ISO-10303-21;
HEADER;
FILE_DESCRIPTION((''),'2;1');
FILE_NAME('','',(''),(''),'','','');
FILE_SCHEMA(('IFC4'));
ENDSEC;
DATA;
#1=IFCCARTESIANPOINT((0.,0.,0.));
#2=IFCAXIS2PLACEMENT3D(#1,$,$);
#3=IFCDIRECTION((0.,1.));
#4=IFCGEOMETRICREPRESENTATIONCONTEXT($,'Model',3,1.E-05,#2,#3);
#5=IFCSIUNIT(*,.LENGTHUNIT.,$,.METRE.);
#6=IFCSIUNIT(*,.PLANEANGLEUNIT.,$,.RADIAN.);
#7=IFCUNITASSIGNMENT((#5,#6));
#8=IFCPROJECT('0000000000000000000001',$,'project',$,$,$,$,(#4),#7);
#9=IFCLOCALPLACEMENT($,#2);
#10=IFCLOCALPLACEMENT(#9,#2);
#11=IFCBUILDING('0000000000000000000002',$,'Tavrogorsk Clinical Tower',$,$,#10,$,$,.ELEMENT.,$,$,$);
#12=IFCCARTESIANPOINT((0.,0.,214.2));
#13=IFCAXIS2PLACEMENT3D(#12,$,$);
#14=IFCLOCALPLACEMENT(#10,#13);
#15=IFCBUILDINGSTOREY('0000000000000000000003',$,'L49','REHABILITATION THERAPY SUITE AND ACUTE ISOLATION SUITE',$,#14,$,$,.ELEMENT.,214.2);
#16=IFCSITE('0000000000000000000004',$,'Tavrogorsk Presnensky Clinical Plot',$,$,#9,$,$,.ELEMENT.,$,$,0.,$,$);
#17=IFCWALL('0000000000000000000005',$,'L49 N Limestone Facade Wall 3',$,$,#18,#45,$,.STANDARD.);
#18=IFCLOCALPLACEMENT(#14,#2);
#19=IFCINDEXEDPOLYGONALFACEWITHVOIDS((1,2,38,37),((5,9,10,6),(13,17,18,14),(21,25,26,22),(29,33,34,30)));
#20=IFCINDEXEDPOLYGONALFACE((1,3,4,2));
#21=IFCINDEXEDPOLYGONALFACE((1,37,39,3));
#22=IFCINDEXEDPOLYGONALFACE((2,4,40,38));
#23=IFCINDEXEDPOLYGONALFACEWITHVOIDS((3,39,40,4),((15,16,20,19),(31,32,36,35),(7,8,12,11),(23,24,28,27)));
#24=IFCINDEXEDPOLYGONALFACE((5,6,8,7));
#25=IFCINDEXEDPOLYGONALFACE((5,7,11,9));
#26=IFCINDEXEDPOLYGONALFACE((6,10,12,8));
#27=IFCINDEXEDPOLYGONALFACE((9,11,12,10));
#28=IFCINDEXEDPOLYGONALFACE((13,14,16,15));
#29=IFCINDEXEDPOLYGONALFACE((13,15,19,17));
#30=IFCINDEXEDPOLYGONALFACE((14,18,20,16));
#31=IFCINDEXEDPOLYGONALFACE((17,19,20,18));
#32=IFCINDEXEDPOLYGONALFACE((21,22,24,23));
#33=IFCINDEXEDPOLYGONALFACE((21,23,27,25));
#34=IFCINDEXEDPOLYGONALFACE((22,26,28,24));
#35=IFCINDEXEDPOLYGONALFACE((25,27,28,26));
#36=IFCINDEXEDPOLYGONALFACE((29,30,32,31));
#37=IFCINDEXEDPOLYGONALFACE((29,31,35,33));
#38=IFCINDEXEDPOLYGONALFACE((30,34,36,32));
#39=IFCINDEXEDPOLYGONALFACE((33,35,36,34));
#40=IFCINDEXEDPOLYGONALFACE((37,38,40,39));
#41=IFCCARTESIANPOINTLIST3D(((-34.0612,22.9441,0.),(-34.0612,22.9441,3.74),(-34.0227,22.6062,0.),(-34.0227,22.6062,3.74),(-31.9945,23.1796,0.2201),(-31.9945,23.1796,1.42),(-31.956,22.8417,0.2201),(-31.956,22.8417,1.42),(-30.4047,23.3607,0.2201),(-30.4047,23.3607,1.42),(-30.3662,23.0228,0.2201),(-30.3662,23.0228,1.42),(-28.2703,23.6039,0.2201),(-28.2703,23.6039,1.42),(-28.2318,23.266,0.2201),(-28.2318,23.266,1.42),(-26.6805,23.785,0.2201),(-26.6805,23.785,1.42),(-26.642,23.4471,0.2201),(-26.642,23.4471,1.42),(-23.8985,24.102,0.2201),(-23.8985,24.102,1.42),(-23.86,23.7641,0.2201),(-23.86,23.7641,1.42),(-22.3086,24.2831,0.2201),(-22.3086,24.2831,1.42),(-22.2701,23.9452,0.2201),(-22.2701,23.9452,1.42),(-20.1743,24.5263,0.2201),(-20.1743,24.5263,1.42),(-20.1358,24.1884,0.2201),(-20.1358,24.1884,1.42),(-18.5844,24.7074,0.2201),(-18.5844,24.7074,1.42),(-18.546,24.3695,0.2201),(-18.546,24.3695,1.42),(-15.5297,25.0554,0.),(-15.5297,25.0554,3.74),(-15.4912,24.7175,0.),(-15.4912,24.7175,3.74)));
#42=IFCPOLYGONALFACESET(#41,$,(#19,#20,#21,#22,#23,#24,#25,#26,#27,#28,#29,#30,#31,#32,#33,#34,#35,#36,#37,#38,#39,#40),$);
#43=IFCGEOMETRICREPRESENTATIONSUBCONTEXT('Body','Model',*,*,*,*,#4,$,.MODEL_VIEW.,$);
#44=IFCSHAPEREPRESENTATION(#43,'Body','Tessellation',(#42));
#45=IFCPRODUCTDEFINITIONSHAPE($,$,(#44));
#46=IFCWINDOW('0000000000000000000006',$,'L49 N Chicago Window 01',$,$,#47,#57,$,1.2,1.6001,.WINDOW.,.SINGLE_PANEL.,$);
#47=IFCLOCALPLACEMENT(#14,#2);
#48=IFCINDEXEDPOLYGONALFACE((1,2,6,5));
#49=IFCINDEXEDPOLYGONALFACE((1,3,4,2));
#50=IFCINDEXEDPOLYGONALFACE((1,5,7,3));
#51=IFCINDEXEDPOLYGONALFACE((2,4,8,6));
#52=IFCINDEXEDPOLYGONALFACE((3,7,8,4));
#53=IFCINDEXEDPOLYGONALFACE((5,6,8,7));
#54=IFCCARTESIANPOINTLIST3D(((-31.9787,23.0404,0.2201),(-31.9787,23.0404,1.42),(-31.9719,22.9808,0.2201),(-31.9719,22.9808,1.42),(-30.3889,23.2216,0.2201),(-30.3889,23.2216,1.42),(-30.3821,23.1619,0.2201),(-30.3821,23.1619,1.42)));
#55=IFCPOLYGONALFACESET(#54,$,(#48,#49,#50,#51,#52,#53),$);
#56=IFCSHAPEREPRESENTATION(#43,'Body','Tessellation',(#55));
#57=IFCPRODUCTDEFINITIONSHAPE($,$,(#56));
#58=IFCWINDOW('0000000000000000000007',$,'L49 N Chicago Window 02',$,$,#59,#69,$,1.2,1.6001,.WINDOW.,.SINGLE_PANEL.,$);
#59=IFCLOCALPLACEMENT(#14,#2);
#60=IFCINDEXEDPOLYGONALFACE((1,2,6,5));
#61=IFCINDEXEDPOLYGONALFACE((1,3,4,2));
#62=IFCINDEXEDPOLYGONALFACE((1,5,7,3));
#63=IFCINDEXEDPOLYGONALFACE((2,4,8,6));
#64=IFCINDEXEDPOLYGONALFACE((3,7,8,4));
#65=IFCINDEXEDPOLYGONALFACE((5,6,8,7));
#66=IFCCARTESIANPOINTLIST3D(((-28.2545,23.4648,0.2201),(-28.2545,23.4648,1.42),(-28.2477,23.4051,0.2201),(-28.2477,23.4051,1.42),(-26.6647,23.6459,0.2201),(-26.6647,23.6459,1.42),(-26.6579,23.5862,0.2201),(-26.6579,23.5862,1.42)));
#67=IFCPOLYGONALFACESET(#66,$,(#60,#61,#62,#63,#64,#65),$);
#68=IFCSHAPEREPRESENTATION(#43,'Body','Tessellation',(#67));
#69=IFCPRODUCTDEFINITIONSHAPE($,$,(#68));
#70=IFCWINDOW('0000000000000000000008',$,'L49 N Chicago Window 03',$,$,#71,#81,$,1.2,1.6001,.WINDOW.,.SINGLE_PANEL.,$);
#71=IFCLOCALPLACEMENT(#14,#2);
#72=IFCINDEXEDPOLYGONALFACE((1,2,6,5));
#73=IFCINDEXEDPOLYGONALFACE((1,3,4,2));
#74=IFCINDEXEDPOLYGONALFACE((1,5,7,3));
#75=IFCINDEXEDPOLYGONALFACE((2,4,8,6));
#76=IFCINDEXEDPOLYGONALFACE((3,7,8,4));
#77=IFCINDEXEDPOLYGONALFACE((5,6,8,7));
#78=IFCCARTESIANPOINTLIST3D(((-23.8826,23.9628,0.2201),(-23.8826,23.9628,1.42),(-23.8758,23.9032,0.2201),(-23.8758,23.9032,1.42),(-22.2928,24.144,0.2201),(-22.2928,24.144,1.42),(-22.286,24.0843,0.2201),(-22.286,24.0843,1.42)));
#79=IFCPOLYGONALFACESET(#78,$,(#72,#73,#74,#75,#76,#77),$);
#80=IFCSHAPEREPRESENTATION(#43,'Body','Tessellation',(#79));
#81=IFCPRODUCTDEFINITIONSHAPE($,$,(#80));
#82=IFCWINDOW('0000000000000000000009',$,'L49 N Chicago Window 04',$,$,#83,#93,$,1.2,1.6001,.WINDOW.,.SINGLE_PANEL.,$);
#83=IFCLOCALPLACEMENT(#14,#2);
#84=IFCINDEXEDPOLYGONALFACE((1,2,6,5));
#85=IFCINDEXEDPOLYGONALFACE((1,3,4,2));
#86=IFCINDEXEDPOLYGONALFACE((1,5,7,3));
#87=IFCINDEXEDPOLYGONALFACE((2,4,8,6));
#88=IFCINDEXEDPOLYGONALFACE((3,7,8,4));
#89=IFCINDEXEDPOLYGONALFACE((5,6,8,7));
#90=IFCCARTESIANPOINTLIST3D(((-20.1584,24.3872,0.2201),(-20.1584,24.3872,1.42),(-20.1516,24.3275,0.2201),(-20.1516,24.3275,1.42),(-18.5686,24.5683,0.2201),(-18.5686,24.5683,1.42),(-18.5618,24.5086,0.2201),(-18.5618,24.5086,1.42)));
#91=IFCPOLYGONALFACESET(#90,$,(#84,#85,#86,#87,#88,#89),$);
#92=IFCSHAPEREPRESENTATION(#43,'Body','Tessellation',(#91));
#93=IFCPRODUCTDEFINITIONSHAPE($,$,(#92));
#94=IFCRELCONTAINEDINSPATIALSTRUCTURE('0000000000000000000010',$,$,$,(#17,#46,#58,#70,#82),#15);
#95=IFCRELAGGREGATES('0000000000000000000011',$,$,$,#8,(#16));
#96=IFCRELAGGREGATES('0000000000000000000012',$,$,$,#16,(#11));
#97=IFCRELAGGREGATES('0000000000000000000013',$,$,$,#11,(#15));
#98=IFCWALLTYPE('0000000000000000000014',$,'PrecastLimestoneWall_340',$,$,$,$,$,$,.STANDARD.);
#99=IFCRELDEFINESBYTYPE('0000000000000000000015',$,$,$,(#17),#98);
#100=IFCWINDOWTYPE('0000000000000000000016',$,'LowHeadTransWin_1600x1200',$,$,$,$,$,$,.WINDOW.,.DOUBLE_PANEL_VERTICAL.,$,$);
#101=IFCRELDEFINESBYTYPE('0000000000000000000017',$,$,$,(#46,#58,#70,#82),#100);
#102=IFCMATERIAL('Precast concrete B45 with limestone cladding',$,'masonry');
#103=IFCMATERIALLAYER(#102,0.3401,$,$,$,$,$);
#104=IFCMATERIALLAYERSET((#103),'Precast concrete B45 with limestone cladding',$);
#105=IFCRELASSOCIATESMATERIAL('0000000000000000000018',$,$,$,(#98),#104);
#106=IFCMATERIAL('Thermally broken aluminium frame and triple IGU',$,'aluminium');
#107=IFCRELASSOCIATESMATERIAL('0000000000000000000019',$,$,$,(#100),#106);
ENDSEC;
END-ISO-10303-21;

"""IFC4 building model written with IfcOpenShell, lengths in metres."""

from ifc_helpers import new_model, si_unit, direction, frame, frame_2d, origin, place, context, subcontext, project, spatial, rectangle, extrude, material, layer, layer_set, type_object, element, fill, save


model = new_model("IFC4")

# Units and contexts
model_context = context("Model", 3, precision=1e-05, world=origin(), true_north=direction((0.0, 1.0)))
body_context = subcontext(model_context, "Body", "Model", "MODEL_VIEW")
ifc_project = project(units=[si_unit("LENGTHUNIT", "METRE"), si_unit("PLANEANGLEUNIT", "RADIAN")], contexts=[model_context])

# Site, building, storey
site_placement = place(None, origin())
site = spatial("IfcSite", under=ifc_project, at=site_placement, Name="Tavrogorsk Presnensky Clinical Plot", CompositionType="ELEMENT", RefElevation=0.0)
building_placement = place(site_placement, origin())
building = spatial("IfcBuilding", under=site, at=building_placement, Name="Tavrogorsk Clinical Tower", CompositionType="ELEMENT")
storey_placement = place(building_placement, frame((0.0, 0.0, 214.2)))
storey = spatial("IfcBuildingStorey", under=building, at=storey_placement, Name="L49", Description="REHABILITATION THERAPY SUITE AND ACUTE ISOLATION SUITE", CompositionType="ELEMENT", Elevation=214.2)

# Wall, openings, windows
ifc_material_1 = material(Name="Precast concrete B45 with limestone cladding", Category="masonry")
ifc_layer_1 = layer(ifc_material_1, 0.3401)
ifc_layer_set_1 = layer_set([ifc_layer_1], Name="Precast concrete B45 with limestone cladding")
wall_type_1 = type_object("IfcWallType", Name="PrecastLimestoneWall_340", PredefinedType="STANDARD", material=ifc_layer_set_1)
wall_1_placement = place(storey_placement, frame((-15.5105, 24.8865, 0.0), z_axis=(0.0, 0.0, 1.0), x_axis=(-0.993572, -0.1132, 0.0)))
wall_1 = element("IfcWall", 1, at=wall_1_placement, inside=storey, type_object=wall_type_1, Name="L49 N Limestone Facade Wall 3", PredefinedType="STANDARD", context=body_context, shape_type="SweptSolid", body=[
    extrude(rectangle(XDim=18.6514, YDim=0.3401, at=frame_2d((9.3257, 0.0))), origin(), (0.0, 0.0, 1.0), 3.74),
])
opening_1_placement = place(wall_1_placement, frame((14.9712, 0.0, 0.22)))
opening_1 = element("IfcOpeningElement", 2, at=opening_1_placement, cuts=wall_1, PredefinedType="OPENING", context=body_context, shape_type="SweptSolid", body=[
    extrude(rectangle(XDim=1.6001, YDim=1.2, at=frame_2d((0.8, 0.6001))), frame((0.0, 0.1799, 0.0), z_axis=(0.0, -1.0, 0.0), x_axis=(1.0, 0.0, 0.0)), (0.0, 0.0, 1.0), 0.3601),
])
opening_2_placement = place(wall_1_placement, frame((11.2229, 0.0, 0.22)))
opening_2 = element("IfcOpeningElement", 3, at=opening_2_placement, cuts=wall_1, PredefinedType="OPENING", context=body_context, shape_type="SweptSolid", body=[
    extrude(rectangle(XDim=1.6001, YDim=1.2, at=frame_2d((0.8, 0.6001))), frame((0.0, 0.1799, 0.0), z_axis=(0.0, -1.0, 0.0), x_axis=(1.0, 0.0, 0.0)), (0.0, 0.0, 1.0), 0.3601),
])
opening_3_placement = place(wall_1_placement, frame((6.8228, 0.0, 0.22)))
opening_3 = element("IfcOpeningElement", 4, at=opening_3_placement, cuts=wall_1, PredefinedType="OPENING", context=body_context, shape_type="SweptSolid", body=[
    extrude(rectangle(XDim=1.6001, YDim=1.2, at=frame_2d((0.8, 0.6001))), frame((0.0, 0.1799, 0.0), z_axis=(0.0, -1.0, 0.0), x_axis=(1.0, 0.0, 0.0)), (0.0, 0.0, 1.0), 0.3601),
])
opening_4_placement = place(wall_1_placement, frame((3.0745, 0.0, 0.22)))
opening_4 = element("IfcOpeningElement", 5, at=opening_4_placement, cuts=wall_1, PredefinedType="OPENING", context=body_context, shape_type="SweptSolid", body=[
    extrude(rectangle(XDim=1.6001, YDim=1.2, at=frame_2d((0.8, 0.6001))), frame((0.0, 0.1799, 0.0), z_axis=(0.0, -1.0, 0.0), x_axis=(1.0, 0.0, 0.0)), (0.0, 0.0, 1.0), 0.3601),
])
ifc_material_2 = material(Name="Thermally broken aluminium frame and triple IGU", Category="aluminium")
window_type = type_object("IfcWindowType", Name="LowHeadTransWin_1600x1200", PartitioningType="DOUBLE_PANEL_VERTICAL", PredefinedType="WINDOW", material=ifc_material_2)
window_1_placement = place(opening_1_placement, origin())
window_1 = element("IfcWindow", 6, at=window_1_placement, inside=storey, type_object=window_type, Name="L49 N Chicago Window 01", OverallHeight=1.2, OverallWidth=1.6001, PartitioningType="SINGLE_PANEL", PredefinedType="WINDOW", context=body_context, shape_type="SweptSolid", body=[
    extrude(rectangle(XDim=1.6001, YDim=1.2, at=frame_2d((0.8, 0.6001))), frame((0.0, 0.03, 0.0), z_axis=(0.0, -1.0, 0.0), x_axis=(1.0, 0.0, 0.0)), (0.0, 0.0, 1.0), 0.0601),
])
fill(opening_1, window_1)
window_2_placement = place(opening_2_placement, origin())
window_2 = element("IfcWindow", 7, at=window_2_placement, inside=storey, type_object=window_type, Name="L49 N Chicago Window 02", OverallHeight=1.2, OverallWidth=1.6001, PartitioningType="SINGLE_PANEL", PredefinedType="WINDOW", context=body_context, shape_type="SweptSolid", body=[
    extrude(rectangle(XDim=1.6001, YDim=1.2, at=frame_2d((0.8, 0.6001))), frame((0.0, 0.03, 0.0), z_axis=(0.0, -1.0, 0.0), x_axis=(1.0, 0.0, 0.0)), (0.0, 0.0, 1.0), 0.0601),
])
fill(opening_2, window_2)
window_3_placement = place(opening_3_placement, origin())
window_3 = element("IfcWindow", 8, at=window_3_placement, inside=storey, type_object=window_type, Name="L49 N Chicago Window 03", OverallHeight=1.2, OverallWidth=1.6001, PartitioningType="SINGLE_PANEL", PredefinedType="WINDOW", context=body_context, shape_type="SweptSolid", body=[
    extrude(rectangle(XDim=1.6001, YDim=1.2, at=frame_2d((0.8, 0.6001))), frame((0.0, 0.03, 0.0), z_axis=(0.0, -1.0, 0.0), x_axis=(1.0, 0.0, 0.0)), (0.0, 0.0, 1.0), 0.0601),
])
fill(opening_3, window_3)
window_4_placement = place(opening_4_placement, origin())
window_4 = element("IfcWindow", 9, at=window_4_placement, inside=storey, type_object=window_type, Name="L49 N Chicago Window 04", OverallHeight=1.2, OverallWidth=1.6001, PartitioningType="SINGLE_PANEL", PredefinedType="WINDOW", context=body_context, shape_type="SweptSolid", body=[
    extrude(rectangle(XDim=1.6001, YDim=1.2, at=frame_2d((0.8, 0.6001))), frame((0.0, 0.03, 0.0), z_axis=(0.0, -1.0, 0.0), x_axis=(1.0, 0.0, 0.0)), (0.0, 0.0, 1.0), 0.0601),
])
fill(opening_4, window_4)

save(model, "model.ifc")
